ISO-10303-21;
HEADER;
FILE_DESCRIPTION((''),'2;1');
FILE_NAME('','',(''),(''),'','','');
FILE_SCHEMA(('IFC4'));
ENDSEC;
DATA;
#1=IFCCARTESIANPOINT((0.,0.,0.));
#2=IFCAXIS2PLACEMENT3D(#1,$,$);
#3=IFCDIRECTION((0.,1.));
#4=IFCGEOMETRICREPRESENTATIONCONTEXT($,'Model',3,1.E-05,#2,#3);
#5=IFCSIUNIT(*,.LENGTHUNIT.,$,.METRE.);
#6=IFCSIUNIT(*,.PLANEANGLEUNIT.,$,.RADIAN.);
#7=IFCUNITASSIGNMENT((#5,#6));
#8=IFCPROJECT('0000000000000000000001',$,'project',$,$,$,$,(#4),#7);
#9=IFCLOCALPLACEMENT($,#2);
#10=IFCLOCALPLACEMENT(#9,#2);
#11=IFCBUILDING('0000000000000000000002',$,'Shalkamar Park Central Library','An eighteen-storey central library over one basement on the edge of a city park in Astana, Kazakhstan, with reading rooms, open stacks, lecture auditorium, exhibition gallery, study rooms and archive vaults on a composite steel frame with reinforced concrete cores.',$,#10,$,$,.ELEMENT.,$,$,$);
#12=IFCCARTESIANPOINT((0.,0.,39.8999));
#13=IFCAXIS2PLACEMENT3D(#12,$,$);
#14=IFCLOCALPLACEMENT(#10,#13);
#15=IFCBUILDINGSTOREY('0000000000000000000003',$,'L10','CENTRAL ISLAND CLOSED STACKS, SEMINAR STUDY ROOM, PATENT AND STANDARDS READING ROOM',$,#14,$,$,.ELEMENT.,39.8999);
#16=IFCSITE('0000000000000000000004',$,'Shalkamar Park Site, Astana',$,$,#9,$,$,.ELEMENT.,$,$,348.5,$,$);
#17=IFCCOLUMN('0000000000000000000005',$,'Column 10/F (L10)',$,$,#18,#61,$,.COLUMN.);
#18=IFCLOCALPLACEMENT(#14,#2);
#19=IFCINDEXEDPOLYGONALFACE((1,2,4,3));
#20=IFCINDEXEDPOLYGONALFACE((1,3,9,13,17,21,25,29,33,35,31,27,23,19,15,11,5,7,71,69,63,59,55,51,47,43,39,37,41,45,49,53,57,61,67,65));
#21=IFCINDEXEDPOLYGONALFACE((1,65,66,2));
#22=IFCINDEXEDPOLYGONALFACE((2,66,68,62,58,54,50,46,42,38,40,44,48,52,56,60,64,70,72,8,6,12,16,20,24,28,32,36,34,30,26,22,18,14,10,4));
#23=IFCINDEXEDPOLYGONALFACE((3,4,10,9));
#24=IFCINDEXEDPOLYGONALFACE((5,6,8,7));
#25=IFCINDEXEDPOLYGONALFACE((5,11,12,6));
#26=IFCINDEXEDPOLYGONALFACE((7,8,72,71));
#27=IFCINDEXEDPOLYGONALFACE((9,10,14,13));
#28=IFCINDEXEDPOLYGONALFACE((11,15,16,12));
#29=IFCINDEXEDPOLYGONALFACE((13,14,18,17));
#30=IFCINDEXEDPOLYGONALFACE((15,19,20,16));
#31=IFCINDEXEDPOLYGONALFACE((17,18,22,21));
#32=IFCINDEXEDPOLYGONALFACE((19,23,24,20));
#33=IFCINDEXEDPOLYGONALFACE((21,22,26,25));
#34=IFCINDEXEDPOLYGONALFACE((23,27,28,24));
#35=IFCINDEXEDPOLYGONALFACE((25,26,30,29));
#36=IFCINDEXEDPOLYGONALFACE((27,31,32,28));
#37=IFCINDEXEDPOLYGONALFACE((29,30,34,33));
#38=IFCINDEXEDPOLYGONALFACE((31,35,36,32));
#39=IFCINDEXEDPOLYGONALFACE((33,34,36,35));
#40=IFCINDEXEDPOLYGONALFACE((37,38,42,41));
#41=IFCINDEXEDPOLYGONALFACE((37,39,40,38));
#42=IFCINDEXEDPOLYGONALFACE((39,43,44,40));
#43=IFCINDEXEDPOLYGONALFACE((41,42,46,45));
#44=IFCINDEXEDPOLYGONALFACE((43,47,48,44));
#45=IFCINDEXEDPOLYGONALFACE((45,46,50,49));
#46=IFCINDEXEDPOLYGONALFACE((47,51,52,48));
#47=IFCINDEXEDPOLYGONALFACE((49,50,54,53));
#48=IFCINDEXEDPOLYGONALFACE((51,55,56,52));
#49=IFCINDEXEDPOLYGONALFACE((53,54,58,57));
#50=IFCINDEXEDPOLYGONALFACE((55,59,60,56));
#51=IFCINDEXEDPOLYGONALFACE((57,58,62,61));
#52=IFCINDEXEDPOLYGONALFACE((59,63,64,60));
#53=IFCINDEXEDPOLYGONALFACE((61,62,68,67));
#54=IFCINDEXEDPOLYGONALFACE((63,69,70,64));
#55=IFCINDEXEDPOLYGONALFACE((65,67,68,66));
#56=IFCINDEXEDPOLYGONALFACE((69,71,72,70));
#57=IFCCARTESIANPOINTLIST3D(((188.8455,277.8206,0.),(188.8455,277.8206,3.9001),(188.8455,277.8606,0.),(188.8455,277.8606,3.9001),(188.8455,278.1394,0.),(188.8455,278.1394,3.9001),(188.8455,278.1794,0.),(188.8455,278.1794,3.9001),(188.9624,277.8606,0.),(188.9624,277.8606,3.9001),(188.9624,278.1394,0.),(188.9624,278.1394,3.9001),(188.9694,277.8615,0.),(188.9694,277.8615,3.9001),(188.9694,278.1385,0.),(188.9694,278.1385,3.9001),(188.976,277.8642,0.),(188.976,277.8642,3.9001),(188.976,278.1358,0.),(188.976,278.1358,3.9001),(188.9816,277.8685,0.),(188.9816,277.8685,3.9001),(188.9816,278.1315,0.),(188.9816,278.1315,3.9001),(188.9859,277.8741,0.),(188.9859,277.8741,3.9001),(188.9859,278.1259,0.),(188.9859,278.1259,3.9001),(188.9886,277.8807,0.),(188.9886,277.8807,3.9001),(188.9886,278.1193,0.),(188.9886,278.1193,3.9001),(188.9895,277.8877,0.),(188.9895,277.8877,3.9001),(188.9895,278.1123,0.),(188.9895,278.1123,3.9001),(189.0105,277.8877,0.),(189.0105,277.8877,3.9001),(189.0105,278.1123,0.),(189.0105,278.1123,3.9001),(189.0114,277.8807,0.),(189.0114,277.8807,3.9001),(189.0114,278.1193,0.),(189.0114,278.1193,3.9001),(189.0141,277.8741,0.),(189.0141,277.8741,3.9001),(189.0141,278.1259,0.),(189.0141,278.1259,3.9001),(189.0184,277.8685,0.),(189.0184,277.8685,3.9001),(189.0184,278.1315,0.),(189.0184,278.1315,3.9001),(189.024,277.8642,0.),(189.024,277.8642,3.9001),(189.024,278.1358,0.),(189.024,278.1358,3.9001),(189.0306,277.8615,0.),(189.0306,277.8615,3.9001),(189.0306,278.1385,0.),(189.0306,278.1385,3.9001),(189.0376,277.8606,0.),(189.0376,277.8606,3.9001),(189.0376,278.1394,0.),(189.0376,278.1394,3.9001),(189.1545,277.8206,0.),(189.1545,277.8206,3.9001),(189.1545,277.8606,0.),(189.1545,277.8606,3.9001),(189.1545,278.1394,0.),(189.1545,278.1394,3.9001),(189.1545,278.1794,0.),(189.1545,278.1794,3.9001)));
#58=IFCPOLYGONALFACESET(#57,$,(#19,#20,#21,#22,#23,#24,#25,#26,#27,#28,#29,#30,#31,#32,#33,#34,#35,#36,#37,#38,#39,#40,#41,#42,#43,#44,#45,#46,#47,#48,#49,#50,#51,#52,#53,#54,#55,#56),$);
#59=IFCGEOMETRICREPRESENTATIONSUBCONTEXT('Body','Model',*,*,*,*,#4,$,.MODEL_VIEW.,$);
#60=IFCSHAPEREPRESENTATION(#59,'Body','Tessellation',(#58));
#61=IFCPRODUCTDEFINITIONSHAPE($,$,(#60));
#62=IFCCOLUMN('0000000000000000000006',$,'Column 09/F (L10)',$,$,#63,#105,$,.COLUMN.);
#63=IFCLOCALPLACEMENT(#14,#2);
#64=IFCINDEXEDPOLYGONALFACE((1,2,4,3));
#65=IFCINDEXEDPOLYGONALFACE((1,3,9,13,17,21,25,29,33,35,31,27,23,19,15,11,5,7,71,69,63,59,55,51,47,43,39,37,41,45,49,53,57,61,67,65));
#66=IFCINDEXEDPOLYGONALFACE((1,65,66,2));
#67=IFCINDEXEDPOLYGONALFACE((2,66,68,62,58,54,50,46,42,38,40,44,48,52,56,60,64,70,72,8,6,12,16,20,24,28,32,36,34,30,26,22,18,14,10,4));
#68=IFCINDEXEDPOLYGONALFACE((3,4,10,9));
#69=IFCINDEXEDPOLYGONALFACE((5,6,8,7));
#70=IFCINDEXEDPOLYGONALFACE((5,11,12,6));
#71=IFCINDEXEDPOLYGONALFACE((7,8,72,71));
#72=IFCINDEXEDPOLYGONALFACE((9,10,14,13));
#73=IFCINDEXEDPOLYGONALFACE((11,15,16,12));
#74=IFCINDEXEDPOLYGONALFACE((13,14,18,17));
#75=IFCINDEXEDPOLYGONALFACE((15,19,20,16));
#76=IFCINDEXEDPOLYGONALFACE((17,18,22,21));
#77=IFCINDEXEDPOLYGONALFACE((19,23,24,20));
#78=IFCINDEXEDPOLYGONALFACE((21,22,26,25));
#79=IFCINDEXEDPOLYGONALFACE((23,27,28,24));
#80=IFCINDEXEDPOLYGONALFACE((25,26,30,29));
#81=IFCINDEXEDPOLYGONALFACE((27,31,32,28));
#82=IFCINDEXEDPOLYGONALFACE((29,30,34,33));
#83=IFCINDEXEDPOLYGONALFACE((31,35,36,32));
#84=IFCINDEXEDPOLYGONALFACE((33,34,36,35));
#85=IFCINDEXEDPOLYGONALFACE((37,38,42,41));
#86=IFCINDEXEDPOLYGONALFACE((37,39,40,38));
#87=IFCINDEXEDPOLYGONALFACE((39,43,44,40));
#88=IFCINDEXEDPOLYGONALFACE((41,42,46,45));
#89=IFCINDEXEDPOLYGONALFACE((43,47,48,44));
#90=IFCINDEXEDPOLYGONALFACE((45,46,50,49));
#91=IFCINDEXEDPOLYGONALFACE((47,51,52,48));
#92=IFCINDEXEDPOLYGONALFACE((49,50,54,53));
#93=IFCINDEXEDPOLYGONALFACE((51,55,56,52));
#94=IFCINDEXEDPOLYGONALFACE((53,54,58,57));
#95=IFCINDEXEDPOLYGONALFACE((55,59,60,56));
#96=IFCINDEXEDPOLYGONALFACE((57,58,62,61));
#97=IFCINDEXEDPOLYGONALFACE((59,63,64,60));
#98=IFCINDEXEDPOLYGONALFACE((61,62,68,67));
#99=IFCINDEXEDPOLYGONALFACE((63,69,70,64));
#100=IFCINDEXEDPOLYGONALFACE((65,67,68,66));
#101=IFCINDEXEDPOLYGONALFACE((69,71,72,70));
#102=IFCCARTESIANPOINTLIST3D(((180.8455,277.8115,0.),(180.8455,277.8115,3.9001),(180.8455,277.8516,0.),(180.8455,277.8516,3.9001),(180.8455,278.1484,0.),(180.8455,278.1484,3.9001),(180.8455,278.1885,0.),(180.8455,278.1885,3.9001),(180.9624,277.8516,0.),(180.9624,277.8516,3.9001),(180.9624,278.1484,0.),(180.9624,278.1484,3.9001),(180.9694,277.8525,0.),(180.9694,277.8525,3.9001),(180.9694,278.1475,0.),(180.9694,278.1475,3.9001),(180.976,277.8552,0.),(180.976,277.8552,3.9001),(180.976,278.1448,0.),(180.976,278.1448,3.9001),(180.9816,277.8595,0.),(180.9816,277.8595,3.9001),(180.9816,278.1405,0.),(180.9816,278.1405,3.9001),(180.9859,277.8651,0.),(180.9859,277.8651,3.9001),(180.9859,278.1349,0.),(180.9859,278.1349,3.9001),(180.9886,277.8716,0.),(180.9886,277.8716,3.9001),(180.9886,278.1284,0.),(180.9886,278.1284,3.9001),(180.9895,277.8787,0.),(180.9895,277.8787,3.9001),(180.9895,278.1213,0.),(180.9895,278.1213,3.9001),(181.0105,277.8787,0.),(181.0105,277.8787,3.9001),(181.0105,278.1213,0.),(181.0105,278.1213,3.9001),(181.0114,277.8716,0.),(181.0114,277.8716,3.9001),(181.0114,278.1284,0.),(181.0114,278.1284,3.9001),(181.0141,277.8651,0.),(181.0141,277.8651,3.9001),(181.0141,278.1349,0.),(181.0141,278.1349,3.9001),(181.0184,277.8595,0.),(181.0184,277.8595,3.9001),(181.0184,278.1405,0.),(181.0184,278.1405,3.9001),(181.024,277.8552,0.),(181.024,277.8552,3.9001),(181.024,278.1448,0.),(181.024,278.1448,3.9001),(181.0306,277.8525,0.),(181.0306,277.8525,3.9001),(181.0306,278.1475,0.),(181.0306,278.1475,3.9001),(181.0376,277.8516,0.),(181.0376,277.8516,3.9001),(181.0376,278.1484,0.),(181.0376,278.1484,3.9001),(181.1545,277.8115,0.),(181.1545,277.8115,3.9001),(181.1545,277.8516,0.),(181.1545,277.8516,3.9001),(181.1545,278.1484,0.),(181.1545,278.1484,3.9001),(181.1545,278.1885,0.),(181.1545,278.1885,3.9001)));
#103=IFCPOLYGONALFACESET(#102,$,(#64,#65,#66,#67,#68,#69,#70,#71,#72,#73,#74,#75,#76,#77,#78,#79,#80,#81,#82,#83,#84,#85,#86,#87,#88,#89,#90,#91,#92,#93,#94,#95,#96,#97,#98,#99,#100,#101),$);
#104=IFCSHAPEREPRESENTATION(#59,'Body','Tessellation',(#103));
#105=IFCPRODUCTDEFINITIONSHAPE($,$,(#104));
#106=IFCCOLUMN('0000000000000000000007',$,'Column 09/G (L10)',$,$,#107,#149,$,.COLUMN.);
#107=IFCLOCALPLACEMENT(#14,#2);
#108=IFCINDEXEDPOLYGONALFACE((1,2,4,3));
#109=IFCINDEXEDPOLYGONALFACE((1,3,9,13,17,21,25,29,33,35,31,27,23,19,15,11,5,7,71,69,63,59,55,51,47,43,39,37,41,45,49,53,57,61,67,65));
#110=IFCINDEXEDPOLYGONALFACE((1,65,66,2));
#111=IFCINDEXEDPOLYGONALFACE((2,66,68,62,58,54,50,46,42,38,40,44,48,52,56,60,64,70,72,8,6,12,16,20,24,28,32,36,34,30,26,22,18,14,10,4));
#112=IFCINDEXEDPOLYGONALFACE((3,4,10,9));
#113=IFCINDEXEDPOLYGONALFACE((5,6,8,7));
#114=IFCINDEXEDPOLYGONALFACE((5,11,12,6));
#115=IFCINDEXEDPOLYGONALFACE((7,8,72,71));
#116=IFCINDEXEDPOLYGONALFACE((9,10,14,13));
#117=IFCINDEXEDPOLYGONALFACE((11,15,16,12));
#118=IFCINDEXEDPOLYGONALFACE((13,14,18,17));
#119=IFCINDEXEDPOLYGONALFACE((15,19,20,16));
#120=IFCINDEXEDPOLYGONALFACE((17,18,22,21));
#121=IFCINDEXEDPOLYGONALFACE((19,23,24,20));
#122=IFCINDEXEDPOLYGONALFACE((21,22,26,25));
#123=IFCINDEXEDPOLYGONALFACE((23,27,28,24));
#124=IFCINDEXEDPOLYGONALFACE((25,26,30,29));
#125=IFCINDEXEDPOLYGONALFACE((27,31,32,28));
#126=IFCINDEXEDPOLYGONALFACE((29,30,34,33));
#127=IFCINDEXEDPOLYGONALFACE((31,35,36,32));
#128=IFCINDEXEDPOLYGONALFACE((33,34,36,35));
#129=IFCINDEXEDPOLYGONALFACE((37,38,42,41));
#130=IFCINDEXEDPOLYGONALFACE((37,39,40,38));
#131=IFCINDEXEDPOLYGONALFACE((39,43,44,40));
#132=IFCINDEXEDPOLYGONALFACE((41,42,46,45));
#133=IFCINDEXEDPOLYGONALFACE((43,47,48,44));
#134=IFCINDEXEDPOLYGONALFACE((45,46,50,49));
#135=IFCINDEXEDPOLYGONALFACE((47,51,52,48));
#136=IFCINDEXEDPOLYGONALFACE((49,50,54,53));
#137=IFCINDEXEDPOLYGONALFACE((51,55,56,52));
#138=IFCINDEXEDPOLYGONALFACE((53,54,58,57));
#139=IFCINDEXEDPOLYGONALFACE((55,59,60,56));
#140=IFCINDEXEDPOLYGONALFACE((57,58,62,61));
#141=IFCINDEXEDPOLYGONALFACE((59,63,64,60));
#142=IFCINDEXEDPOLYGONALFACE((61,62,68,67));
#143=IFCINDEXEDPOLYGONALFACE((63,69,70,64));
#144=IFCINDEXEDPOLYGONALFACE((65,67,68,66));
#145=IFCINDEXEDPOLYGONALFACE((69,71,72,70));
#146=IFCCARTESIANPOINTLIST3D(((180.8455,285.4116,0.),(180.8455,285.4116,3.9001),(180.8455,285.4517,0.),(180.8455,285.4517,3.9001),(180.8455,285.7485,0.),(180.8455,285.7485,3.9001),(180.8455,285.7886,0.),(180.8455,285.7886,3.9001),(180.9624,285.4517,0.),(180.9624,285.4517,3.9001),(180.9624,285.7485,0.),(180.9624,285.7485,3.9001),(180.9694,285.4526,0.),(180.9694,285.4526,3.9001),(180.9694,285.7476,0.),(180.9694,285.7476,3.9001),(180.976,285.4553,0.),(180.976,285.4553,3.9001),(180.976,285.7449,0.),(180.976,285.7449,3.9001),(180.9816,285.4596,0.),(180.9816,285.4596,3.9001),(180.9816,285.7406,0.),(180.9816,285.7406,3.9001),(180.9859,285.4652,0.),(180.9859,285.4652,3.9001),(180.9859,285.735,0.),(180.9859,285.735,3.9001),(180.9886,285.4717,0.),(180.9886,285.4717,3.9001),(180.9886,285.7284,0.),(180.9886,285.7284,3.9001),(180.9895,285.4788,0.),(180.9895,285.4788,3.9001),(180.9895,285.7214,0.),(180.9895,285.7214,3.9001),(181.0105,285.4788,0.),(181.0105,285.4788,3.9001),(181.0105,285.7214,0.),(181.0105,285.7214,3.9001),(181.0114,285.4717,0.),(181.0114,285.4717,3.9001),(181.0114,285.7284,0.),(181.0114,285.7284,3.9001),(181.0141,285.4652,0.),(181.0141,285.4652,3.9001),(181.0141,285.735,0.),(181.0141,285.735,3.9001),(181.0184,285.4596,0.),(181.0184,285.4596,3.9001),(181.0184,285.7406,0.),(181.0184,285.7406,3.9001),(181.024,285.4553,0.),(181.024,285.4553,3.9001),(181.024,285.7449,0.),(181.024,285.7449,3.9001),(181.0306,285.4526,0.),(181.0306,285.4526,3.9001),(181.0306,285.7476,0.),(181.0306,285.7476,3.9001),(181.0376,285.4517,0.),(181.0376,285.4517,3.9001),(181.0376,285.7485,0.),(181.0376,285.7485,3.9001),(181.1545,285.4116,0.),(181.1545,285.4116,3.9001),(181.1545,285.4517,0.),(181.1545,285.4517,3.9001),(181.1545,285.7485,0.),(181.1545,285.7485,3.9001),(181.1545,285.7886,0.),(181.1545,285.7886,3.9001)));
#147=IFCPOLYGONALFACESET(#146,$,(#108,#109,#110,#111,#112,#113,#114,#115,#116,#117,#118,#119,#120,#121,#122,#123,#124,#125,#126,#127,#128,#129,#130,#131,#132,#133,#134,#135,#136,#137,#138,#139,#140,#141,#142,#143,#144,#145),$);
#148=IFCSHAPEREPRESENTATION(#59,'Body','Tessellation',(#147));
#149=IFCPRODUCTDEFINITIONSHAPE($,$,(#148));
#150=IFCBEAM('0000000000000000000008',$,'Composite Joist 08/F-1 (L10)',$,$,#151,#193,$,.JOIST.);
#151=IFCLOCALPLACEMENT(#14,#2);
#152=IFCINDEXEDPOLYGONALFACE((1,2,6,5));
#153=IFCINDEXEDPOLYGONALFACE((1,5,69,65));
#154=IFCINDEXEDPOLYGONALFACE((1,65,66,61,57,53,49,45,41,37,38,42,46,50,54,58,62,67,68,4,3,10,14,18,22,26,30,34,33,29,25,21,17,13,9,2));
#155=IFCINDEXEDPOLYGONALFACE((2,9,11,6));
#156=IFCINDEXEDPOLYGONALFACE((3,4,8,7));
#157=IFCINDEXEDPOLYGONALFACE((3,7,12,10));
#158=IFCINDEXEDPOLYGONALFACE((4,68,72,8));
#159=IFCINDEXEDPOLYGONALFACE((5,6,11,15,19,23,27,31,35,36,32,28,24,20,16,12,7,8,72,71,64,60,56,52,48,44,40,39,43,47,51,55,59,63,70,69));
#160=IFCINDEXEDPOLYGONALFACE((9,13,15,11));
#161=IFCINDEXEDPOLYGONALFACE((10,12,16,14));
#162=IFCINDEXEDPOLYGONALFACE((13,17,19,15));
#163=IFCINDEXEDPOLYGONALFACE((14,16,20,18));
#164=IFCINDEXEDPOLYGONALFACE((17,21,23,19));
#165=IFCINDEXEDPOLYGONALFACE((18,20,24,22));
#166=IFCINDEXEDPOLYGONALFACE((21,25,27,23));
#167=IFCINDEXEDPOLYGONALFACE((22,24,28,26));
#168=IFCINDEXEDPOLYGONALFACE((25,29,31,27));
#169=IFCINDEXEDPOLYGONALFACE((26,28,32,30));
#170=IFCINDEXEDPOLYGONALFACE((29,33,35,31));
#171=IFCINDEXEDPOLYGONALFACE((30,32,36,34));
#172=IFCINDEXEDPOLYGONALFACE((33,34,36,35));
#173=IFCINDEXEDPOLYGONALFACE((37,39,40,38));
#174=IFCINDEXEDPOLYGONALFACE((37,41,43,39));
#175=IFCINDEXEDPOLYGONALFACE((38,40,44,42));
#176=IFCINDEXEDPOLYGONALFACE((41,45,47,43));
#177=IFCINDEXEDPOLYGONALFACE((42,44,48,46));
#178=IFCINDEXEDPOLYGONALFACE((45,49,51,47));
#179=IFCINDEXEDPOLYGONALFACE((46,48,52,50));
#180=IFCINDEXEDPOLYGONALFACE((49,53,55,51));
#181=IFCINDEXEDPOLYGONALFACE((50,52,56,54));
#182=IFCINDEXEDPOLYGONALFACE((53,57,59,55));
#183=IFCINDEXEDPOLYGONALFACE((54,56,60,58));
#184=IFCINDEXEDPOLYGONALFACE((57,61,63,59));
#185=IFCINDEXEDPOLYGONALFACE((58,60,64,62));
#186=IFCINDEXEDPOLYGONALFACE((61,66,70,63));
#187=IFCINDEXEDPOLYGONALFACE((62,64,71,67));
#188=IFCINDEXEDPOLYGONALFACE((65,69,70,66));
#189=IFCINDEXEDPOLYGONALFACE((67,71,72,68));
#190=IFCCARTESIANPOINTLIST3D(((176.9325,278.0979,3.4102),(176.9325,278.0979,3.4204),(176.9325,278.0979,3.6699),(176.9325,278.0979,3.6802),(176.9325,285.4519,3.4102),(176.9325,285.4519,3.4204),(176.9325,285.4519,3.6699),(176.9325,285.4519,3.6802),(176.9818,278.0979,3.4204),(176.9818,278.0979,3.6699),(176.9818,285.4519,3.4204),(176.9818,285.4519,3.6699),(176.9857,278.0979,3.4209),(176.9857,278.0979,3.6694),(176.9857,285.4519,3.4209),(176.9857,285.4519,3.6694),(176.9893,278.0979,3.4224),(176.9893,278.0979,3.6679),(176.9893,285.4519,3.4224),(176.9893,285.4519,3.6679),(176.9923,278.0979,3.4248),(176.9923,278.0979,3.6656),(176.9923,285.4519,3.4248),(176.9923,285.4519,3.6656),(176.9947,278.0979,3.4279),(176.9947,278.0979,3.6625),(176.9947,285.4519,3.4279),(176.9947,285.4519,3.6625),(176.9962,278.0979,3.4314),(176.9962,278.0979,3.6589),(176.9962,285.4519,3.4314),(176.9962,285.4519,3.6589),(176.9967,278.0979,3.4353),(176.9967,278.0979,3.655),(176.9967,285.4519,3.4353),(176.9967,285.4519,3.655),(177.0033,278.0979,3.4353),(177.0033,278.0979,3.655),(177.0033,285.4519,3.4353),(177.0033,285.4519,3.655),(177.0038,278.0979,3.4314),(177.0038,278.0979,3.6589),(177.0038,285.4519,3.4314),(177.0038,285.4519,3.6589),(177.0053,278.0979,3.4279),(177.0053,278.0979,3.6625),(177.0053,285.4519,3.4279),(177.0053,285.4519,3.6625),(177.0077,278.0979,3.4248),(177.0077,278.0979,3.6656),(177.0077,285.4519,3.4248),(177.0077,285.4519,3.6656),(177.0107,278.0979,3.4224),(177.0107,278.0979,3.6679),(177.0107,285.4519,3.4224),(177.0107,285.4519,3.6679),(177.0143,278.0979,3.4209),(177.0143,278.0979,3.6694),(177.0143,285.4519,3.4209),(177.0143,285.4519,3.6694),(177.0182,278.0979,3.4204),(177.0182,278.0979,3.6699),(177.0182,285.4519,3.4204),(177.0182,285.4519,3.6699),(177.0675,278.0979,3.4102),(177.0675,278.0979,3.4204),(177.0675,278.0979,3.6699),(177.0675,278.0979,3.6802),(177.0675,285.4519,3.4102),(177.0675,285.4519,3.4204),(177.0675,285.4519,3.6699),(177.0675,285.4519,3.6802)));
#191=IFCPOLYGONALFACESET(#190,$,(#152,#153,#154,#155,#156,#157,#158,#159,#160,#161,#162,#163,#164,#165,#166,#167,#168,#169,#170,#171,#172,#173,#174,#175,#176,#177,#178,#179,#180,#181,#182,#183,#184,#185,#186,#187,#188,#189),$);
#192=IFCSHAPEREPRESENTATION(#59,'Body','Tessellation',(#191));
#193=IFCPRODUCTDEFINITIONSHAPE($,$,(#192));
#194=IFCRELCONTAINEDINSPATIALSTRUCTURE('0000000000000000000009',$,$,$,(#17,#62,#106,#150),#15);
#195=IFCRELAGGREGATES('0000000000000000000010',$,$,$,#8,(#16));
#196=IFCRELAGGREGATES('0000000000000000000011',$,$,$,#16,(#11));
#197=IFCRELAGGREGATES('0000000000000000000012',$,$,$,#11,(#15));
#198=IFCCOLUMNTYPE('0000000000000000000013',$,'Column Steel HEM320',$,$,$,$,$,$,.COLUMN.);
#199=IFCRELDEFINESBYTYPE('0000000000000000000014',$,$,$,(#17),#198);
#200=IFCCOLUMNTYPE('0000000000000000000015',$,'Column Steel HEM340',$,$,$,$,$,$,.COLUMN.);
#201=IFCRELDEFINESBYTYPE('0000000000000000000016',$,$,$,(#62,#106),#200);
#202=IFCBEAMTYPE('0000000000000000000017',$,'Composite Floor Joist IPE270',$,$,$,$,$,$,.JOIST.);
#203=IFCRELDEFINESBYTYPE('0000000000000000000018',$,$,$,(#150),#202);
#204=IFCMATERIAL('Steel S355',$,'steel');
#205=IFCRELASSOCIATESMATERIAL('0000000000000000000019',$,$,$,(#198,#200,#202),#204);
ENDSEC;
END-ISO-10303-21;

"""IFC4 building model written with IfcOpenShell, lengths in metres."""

from ifc_helpers import new_model, si_unit, direction, frame, origin, origin_2d, place, context, subcontext, project, spatial, i_section, extrude, material, material_profile, profile_set, type_object, element, save


model = new_model("IFC4")

# Units and contexts
model_context = context("Model", 3, precision=1e-05, world=origin(), true_north=direction((0.0, 1.0)))
body_context = subcontext(model_context, "Body", "Model", "MODEL_VIEW")
ifc_project = project(units=[si_unit("LENGTHUNIT", "METRE"), si_unit("PLANEANGLEUNIT", "RADIAN")], contexts=[model_context])

# Site, building, storey
site_placement = place(None, origin())
site = spatial("IfcSite", under=ifc_project, at=site_placement, Name="Shalkamar Park Site, Astana", CompositionType="ELEMENT", RefElevation=348.5)
building_placement = place(site_placement, origin())
building = spatial("IfcBuilding", under=site, at=building_placement, Name="Shalkamar Park Central Library", Description="An eighteen-storey central library over one basement on the edge of a city park in Astana, Kazakhstan, with reading rooms, open stacks, lecture auditorium, exhibition gallery, study rooms and archive vaults on a composite steel frame with reinforced concrete cores.", CompositionType="ELEMENT")
storey_placement = place(building_placement, frame((0.0, 0.0, 39.8999)))
storey = spatial("IfcBuildingStorey", under=building, at=storey_placement, Name="L10", Description="CENTRAL ISLAND CLOSED STACKS, SEMINAR STUDY ROOM, PATENT AND STANDARDS READING ROOM", CompositionType="ELEMENT", Elevation=39.8999)

# Columns
ifc_material_1 = material(Name="Steel S355", Category="steel")
ifc_material_profile_1 = material_profile(ifc_material_1, i_section(OverallWidth=0.3091, OverallDepth=0.3589, WebThickness=0.021, FlangeThickness=0.04, FilletRadius=0.0271, at=origin_2d()), Name="HEM 320")
ifc_profile_set_1 = profile_set([ifc_material_profile_1], Name="Steel S355")
column_type_1 = type_object("IfcColumnType", Name="Column Steel HEM320", PredefinedType="COLUMN", material=ifc_profile_set_1)
column_placement = place(storey_placement, frame((189.0, 278.0, 0.0), z_axis=(0.0, 0.0, 1.0), x_axis=(1.0, 0.0, 0.0)))
element("IfcColumn", 1, at=column_placement, inside=storey, type_object=column_type_1, Name="Column 10/F (L10)", PredefinedType="COLUMN", context=body_context, shape_type="SweptSolid", body=[
    extrude(i_section(OverallWidth=0.3091, OverallDepth=0.3589, WebThickness=0.021, FlangeThickness=0.04, FilletRadius=0.0271, at=origin_2d()), origin(), (0.0, 0.0, 1.0), 3.9001),
])
ifc_material_profile_2 = material_profile(ifc_material_1, i_section(OverallWidth=0.3091, OverallDepth=0.377, WebThickness=0.021, FlangeThickness=0.04, FilletRadius=0.0271, at=origin_2d()), Name="HEM 340")
ifc_profile_set_2 = profile_set([ifc_material_profile_2], Name="Steel S355")
column_type_2 = type_object("IfcColumnType", Name="Column Steel HEM340", PredefinedType="COLUMN", material=ifc_profile_set_2)
for number, where, z_axis, x_axis, name in (
    (2, (181.0, 278.0, 0.0), (0.0, 0.0, 1.0), (1.0, 0.0, 0.0), "Column 09/F (L10)"),
    (3, (181.0, 285.6001, 0.0), (0.0, 0.0, 1.0), (1.0, 0.0, 0.0), "Column 09/G (L10)"),
):
    element("IfcColumn", number, at=place(storey_placement, frame(where, z_axis=z_axis, x_axis=x_axis)), inside=storey, type_object=column_type_2, Name=name, PredefinedType="COLUMN", context=body_context, shape_type="SweptSolid", body=[
        extrude(i_section(OverallWidth=0.3091, OverallDepth=0.377, WebThickness=0.021, FlangeThickness=0.04, FilletRadius=0.0271, at=origin_2d()), origin(), (0.0, 0.0, 1.0), 3.9001),
    ])

# Beam
ifc_material_profile_3 = material_profile(ifc_material_1, i_section(OverallWidth=0.135, OverallDepth=0.27, WebThickness=0.0066, FlangeThickness=0.0103, FilletRadius=0.0149, at=origin_2d()), Name="IPE 270")
ifc_profile_set_3 = profile_set([ifc_material_profile_3], Name="Steel S355")
beam_type_1 = type_object("IfcBeamType", Name="Composite Floor Joist IPE270", PredefinedType="JOIST", material=ifc_profile_set_3)
beam_1_placement = place(storey_placement, frame((177.0, 278.0979, 3.5452), z_axis=(0.0, 1.0, 0.0), x_axis=(-1.0, 0.0, 0.0)))
element("IfcBeam", 4, at=beam_1_placement, inside=storey, type_object=beam_type_1, Name="Composite Joist 08/F-1 (L10)", PredefinedType="JOIST", context=body_context, shape_type="SweptSolid", body=[
    extrude(i_section(OverallWidth=0.135, OverallDepth=0.27, WebThickness=0.0066, FlangeThickness=0.0103, FilletRadius=0.0149, at=origin_2d()), origin(), (0.0, 0.0, 1.0), 7.354),
])

save(model, "model.ifc")
